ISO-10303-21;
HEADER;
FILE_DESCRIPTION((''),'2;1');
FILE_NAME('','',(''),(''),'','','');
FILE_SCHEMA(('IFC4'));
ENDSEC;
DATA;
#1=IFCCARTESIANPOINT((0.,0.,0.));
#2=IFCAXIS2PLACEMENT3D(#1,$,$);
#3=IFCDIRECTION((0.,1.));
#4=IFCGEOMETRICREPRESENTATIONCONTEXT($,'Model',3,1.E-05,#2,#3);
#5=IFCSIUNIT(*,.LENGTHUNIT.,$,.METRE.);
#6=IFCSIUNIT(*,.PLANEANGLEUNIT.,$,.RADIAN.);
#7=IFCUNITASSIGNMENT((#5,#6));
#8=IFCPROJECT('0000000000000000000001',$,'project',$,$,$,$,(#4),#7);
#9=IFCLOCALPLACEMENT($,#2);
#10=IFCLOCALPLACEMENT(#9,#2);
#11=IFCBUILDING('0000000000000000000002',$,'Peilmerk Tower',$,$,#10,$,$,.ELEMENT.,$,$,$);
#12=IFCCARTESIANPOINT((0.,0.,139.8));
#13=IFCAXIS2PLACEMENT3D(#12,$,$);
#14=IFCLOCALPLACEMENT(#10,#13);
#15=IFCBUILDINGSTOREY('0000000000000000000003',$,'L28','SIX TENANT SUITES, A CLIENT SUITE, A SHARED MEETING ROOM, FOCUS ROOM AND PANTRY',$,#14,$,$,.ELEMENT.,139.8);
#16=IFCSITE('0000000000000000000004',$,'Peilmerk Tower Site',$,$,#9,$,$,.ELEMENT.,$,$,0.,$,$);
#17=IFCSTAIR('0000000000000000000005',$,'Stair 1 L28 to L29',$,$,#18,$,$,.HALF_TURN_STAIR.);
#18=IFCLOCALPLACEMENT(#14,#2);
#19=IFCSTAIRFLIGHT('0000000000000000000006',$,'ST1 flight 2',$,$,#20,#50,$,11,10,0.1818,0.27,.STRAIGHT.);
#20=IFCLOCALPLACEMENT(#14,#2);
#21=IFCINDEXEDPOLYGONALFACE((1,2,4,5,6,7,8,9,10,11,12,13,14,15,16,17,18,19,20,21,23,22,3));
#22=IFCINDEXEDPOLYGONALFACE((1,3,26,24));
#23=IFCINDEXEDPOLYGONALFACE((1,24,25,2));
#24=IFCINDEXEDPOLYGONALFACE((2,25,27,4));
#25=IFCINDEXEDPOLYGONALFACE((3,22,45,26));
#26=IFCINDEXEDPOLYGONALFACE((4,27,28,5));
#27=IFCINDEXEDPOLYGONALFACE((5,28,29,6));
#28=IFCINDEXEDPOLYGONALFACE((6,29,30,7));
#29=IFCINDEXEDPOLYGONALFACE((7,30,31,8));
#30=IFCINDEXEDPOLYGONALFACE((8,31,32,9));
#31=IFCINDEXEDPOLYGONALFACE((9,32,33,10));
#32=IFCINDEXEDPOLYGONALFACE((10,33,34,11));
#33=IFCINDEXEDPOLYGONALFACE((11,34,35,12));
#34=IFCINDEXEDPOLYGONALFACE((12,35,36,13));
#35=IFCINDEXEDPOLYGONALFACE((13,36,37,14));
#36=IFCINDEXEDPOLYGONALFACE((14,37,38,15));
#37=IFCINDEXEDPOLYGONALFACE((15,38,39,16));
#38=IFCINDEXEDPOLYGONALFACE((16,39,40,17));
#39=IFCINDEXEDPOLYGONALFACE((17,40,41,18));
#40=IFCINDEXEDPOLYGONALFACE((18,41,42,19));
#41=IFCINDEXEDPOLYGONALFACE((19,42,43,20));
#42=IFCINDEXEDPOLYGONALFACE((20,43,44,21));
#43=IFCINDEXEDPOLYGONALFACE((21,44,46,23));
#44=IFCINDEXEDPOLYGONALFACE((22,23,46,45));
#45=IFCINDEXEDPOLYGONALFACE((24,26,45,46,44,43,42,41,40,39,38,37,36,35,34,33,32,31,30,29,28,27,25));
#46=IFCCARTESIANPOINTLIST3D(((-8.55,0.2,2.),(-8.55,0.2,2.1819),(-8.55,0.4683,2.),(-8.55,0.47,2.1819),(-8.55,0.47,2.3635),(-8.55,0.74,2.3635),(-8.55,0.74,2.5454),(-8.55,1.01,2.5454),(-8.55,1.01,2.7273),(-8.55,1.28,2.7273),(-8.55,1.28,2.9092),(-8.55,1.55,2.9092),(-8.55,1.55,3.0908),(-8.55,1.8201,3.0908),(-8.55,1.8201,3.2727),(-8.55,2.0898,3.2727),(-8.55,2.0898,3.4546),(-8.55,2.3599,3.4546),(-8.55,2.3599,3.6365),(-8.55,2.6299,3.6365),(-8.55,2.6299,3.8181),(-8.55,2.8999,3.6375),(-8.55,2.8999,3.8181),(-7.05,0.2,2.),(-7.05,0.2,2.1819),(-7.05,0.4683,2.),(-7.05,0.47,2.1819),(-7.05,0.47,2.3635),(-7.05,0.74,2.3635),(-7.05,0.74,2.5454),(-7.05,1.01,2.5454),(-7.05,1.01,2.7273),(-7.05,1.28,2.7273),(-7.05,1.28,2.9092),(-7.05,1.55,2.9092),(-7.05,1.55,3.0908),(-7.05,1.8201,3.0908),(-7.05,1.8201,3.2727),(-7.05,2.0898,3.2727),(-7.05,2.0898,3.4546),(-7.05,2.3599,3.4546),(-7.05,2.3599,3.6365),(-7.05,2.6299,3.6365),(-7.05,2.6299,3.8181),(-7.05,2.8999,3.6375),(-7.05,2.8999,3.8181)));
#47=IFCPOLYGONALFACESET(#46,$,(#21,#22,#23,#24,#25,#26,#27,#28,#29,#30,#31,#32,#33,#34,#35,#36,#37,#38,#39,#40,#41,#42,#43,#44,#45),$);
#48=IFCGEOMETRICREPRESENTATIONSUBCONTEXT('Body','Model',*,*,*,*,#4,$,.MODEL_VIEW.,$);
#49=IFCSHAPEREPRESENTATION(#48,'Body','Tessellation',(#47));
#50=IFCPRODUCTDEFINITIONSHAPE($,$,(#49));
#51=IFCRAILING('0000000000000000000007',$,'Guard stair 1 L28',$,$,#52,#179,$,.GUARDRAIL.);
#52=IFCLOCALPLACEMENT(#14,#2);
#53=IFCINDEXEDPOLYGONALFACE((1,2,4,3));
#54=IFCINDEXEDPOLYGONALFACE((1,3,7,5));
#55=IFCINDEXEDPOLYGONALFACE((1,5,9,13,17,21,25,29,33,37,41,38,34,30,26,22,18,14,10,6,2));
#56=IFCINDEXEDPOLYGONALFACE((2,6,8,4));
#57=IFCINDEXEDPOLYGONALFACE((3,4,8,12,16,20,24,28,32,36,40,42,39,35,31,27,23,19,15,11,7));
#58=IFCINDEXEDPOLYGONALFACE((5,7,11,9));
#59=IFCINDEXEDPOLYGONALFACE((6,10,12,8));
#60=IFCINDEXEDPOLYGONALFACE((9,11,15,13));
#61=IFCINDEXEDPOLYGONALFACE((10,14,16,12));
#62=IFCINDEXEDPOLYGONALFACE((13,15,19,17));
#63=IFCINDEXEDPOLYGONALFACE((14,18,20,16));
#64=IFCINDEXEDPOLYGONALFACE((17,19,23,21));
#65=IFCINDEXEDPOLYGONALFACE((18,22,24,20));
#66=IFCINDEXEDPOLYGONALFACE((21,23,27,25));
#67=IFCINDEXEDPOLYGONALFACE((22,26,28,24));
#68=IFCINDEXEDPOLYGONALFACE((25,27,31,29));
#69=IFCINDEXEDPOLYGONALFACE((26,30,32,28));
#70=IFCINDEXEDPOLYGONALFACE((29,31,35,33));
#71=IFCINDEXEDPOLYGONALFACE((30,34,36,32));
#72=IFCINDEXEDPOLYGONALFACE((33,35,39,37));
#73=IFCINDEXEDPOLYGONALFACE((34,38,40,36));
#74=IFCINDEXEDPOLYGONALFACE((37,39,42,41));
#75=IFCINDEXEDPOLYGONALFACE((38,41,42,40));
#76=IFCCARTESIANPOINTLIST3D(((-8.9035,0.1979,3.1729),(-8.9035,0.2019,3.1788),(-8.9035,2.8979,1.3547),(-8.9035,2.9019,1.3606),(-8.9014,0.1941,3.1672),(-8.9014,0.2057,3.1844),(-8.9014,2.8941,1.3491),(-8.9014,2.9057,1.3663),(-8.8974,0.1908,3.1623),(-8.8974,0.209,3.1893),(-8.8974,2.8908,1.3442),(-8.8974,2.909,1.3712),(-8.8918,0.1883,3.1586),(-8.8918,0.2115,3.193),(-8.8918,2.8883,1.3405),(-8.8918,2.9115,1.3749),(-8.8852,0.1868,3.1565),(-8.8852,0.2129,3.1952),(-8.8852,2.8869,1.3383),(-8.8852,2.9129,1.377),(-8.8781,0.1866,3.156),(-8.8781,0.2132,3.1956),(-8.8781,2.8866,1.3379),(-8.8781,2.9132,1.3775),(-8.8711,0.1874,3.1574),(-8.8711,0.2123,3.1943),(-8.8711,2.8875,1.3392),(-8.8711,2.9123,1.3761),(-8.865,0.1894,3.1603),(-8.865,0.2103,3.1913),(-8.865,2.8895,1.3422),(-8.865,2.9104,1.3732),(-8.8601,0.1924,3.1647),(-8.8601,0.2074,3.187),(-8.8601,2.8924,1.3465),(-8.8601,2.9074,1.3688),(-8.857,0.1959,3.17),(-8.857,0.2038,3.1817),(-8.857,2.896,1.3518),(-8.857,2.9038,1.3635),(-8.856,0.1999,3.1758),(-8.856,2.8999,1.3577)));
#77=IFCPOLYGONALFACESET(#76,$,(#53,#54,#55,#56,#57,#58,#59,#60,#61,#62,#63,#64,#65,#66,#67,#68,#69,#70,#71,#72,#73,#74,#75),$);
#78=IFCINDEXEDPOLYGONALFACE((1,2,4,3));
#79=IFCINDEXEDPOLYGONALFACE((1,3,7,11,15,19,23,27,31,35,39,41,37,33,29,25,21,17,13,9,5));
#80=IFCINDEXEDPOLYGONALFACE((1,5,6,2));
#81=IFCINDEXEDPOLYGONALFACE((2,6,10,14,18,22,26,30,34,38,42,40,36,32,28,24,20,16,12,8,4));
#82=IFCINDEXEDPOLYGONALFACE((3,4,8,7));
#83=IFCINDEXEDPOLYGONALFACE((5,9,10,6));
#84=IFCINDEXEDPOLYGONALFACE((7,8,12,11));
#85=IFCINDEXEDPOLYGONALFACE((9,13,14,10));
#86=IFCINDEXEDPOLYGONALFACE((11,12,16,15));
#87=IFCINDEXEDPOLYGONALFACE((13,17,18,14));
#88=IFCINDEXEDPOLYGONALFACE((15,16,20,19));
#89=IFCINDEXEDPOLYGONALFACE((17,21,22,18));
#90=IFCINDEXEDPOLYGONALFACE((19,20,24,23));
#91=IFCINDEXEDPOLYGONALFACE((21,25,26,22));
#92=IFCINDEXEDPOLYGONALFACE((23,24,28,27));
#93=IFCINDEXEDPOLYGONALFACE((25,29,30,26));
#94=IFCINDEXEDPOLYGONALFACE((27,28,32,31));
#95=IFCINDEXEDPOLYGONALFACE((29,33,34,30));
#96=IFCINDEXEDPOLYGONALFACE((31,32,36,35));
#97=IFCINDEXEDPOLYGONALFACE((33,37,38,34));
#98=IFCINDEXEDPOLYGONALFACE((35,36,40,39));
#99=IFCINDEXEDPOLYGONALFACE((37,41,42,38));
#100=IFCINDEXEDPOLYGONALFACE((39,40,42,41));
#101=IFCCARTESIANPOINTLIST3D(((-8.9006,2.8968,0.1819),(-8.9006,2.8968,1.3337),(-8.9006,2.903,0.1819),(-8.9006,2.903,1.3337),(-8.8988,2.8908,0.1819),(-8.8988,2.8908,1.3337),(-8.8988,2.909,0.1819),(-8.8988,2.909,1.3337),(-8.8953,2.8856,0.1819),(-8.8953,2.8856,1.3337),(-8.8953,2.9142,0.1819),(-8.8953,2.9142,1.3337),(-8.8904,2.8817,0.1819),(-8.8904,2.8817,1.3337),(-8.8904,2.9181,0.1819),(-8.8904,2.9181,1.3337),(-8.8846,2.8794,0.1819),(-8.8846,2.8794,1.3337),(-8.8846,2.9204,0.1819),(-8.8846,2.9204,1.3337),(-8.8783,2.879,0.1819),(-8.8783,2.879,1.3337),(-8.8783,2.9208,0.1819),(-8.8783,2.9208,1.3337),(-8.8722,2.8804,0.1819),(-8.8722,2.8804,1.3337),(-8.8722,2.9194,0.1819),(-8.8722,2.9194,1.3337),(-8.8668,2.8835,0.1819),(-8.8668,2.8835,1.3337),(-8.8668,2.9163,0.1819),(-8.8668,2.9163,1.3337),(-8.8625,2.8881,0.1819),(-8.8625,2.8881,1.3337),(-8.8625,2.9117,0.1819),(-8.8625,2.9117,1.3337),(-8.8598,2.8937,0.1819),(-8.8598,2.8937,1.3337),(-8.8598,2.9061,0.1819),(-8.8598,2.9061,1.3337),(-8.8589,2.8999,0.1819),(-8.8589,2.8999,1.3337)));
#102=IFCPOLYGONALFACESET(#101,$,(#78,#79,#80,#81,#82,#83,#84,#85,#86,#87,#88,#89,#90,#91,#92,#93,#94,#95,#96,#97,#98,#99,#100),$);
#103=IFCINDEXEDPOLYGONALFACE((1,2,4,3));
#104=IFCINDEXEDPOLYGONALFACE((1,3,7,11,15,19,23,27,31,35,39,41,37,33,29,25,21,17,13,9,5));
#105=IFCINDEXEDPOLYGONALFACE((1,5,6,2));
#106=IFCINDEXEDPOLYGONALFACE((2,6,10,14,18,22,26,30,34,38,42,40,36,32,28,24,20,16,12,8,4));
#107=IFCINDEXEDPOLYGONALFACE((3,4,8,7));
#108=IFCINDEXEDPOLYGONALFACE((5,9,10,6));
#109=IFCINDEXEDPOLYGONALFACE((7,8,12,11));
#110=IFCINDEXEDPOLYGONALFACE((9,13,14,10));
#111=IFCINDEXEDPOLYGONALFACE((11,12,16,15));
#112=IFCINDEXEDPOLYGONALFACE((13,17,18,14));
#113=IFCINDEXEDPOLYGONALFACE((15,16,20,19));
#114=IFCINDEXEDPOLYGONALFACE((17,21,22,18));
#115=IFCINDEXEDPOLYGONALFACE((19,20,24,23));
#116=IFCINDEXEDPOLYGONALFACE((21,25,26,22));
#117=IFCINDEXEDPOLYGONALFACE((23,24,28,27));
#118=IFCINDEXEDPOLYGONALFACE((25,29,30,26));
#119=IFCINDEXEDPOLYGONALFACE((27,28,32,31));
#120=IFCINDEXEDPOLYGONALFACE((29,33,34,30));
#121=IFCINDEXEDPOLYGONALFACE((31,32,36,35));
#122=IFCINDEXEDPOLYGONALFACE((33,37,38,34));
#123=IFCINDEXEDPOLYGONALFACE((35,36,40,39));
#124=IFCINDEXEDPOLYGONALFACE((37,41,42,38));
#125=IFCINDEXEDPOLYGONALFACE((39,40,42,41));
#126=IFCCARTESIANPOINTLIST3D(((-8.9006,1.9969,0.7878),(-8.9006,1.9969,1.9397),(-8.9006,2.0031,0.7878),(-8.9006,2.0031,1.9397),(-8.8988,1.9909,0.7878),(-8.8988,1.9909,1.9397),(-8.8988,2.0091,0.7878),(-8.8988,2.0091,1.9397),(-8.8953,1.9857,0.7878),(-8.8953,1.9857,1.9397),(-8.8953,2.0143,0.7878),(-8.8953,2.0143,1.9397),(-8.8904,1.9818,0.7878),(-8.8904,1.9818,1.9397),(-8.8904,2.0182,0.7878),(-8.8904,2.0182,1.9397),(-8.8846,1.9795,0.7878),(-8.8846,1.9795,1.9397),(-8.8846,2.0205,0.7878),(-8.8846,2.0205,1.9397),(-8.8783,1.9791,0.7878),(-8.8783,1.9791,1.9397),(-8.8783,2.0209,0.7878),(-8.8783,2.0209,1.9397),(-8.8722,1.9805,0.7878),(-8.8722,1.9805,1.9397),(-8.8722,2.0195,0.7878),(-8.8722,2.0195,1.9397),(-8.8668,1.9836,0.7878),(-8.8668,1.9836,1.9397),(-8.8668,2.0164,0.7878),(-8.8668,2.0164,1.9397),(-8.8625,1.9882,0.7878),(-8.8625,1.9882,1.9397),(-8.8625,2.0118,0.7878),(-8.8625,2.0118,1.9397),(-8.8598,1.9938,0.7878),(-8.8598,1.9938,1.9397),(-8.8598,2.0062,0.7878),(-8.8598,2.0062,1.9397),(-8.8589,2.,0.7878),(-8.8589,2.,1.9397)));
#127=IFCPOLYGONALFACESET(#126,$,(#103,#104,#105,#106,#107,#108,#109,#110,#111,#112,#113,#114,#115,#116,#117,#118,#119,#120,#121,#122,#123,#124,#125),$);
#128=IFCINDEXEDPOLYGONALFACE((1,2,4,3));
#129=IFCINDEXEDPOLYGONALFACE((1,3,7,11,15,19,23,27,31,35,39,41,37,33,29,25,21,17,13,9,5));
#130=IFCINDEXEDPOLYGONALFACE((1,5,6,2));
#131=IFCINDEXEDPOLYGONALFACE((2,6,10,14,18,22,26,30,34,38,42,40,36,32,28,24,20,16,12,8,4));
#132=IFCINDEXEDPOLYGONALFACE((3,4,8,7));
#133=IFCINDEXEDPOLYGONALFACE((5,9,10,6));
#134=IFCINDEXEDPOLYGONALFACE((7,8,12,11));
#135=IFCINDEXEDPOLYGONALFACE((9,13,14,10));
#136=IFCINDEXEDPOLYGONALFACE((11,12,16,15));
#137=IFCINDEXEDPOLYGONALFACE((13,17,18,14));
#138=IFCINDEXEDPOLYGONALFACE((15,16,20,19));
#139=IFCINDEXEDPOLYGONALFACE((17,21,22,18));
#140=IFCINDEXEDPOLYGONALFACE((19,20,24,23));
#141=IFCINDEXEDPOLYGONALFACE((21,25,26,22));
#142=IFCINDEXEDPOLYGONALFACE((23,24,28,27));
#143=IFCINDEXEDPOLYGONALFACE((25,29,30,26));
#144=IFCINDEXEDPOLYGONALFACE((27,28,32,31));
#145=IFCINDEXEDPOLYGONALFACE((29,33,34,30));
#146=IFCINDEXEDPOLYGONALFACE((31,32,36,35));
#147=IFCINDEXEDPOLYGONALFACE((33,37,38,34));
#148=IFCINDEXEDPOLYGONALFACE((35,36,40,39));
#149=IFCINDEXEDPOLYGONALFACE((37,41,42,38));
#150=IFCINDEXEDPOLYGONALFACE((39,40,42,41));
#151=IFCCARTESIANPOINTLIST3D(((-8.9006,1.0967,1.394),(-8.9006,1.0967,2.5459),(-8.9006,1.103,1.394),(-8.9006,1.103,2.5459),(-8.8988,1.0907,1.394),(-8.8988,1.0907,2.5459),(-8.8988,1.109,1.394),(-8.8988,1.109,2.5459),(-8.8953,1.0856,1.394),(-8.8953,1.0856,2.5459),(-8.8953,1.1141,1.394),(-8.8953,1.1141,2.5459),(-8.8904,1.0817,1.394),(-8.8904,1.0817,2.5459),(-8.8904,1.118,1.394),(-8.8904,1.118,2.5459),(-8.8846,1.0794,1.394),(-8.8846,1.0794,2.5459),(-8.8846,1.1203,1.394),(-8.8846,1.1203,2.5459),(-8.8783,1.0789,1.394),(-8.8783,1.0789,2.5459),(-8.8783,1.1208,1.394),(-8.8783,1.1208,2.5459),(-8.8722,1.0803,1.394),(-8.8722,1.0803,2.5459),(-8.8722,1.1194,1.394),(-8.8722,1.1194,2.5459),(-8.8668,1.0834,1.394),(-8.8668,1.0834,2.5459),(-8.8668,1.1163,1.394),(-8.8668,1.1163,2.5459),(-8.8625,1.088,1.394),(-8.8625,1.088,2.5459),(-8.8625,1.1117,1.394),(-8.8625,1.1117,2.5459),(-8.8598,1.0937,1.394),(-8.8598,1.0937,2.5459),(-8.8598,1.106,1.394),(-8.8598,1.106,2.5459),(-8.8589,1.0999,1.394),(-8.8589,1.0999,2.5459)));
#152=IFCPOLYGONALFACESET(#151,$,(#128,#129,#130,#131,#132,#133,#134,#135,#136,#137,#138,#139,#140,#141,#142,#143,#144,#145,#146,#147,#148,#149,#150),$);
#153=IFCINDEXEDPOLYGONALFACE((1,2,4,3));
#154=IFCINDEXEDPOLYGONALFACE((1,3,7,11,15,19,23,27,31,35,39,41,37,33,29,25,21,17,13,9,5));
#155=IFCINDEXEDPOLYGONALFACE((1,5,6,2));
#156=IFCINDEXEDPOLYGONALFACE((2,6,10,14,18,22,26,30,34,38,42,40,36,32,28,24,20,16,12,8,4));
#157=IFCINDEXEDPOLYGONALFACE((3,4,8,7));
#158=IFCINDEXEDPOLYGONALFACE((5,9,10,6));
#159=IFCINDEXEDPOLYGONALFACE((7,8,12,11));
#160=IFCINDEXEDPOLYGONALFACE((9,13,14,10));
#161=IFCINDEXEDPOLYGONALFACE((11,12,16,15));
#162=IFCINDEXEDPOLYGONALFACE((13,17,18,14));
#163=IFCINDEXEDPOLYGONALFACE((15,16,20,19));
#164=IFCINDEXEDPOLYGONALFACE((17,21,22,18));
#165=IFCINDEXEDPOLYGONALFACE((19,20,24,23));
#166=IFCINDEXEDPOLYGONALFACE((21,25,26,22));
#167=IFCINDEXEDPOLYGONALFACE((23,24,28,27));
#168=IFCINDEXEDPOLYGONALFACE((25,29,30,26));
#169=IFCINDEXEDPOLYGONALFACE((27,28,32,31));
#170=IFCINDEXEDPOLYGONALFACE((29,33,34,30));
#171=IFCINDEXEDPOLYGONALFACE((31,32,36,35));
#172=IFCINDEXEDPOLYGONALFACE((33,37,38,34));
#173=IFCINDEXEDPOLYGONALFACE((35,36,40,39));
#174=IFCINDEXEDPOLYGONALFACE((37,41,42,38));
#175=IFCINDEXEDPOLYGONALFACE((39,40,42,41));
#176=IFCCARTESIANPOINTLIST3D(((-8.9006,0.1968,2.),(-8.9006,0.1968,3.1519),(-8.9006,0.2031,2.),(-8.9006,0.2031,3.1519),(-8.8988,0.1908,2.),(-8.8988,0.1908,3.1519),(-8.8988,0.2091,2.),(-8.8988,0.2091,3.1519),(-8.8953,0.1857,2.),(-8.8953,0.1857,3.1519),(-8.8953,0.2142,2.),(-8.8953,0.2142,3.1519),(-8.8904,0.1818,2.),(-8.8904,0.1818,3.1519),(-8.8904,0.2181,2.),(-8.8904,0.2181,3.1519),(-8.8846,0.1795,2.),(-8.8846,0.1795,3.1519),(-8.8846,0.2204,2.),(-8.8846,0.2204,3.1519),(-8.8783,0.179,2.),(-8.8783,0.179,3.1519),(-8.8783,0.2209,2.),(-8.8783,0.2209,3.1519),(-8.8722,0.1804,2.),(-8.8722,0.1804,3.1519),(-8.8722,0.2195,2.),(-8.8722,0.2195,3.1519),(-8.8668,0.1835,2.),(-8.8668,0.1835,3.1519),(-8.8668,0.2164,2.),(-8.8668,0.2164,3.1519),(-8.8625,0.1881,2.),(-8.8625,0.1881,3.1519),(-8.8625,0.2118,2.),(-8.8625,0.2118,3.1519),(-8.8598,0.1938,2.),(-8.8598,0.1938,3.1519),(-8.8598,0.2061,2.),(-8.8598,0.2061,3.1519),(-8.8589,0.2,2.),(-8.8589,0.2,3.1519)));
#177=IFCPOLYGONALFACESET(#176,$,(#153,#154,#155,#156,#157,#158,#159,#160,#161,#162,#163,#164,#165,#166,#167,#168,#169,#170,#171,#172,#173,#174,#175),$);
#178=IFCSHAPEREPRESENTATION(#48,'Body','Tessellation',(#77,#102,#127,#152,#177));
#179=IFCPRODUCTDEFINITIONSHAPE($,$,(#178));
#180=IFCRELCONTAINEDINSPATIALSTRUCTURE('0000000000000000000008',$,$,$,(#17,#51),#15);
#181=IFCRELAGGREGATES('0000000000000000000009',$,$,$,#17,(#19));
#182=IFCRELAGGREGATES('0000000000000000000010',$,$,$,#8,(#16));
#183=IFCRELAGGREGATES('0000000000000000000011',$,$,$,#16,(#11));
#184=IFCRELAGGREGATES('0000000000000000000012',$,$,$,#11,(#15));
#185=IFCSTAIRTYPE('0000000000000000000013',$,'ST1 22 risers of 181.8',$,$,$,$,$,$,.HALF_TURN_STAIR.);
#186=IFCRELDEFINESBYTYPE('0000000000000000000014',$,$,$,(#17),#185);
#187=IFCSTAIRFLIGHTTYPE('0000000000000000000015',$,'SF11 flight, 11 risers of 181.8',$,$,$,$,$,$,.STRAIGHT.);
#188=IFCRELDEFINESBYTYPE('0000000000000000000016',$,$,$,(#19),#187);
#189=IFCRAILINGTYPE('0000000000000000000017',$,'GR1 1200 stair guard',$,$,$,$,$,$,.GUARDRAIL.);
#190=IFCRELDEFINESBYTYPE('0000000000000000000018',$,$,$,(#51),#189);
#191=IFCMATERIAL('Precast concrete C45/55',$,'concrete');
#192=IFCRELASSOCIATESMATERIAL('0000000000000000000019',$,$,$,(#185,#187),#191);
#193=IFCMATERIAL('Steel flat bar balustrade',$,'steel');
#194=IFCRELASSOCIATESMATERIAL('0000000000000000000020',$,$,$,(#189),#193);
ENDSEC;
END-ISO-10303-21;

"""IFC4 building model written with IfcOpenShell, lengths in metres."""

from ifc_helpers import new_model, si_unit, direction, frame, origin, origin_2d, place, context, subcontext, project, spatial, polyline, circle, outline, extrude, material, type_object, element, aggregate, save


model = new_model("IFC4")

# Units and contexts
model_context = context("Model", 3, precision=1e-05, world=origin(), true_north=direction((0.0, 1.0)))
body_context = subcontext(model_context, "Body", "Model", "MODEL_VIEW")
ifc_project = project(units=[si_unit("LENGTHUNIT", "METRE"), si_unit("PLANEANGLEUNIT", "RADIAN")], contexts=[model_context])

# Site, building, storey
site_placement = place(None, origin())
site = spatial("IfcSite", under=ifc_project, at=site_placement, Name="Peilmerk Tower Site", CompositionType="ELEMENT", RefElevation=0.0)
building_placement = place(site_placement, origin())
building = spatial("IfcBuilding", under=site, at=building_placement, Name="Peilmerk Tower", CompositionType="ELEMENT")
storey_placement = place(building_placement, frame((0.0, 0.0, 139.8)))
storey = spatial("IfcBuildingStorey", under=building, at=storey_placement, Name="L28", Description="SIX TENANT SUITES, A CLIENT SUITE, A SHARED MEETING ROOM, FOCUS ROOM AND PANTRY", CompositionType="ELEMENT", Elevation=139.8)

# Stair, stair flight
ifc_material_1 = material(Name="Precast concrete C45/55", Category="concrete")
stair_type = type_object("IfcStairType", Name="ST1 22 risers of 181.8", PredefinedType="HALF_TURN_STAIR", material=ifc_material_1)
stair_placement = place(storey_placement, origin())
stair = element("IfcStair", 1, at=stair_placement, inside=storey, type_object=stair_type, Name="Stair 1 L28 to L29", PredefinedType="HALF_TURN_STAIR")
stair_flight_type = type_object("IfcStairFlightType", Name="SF11 flight, 11 risers of 181.8", PredefinedType="STRAIGHT", material=ifc_material_1)
stair_flight_1_placement = place(storey_placement, frame((-7.8, 0.2, 2.0), z_axis=(0.0, 0.0, 1.0), x_axis=(0.0, 1.0, 0.0)))
stair_flight_1 = element("IfcStairFlight", 2, at=stair_flight_1_placement, type_object=stair_flight_type, Name="ST1 flight 2", NumberOfRisers=11, NumberOfTreads=10, PredefinedType="STRAIGHT", RiserHeight=0.1818, TreadLength=0.27, context=body_context, shape_type="SweptSolid", body=[
    extrude(outline(polyline([(0.0, 0.0), (0.0, 0.1819), (0.27, 0.1819), (0.27, 0.3635), (0.54, 0.3635), (0.54, 0.5454), (0.8101, 0.5454), (0.8101, 0.7273), (1.0801, 0.7273), (1.0801, 0.9092), (1.3501, 0.9092), (1.3501, 1.0908), (1.6201, 1.0908), (1.6201, 1.2727), (1.8899, 1.2727), (1.8899, 1.4546), (2.1599, 1.4546), (2.1599, 1.6365), (2.4299, 1.6365), (2.4299, 1.8181), (2.7, 1.8181), (2.7, 2.0), (2.7, 1.6375), (0.2683, 0.0), (0.0, 0.0)])), frame((0.0, 0.75, 0.0), z_axis=(0.0, -1.0, 0.0), x_axis=(1.0, 0.0, 0.0)), (0.0, 0.0, 1.0), 1.5),
])
aggregate(stair, [stair_flight_1])

# Railing
ifc_material_2 = material(Name="Steel flat bar balustrade", Category="steel")
railing_type_1 = type_object("IfcRailingType", Name="GR1 1200 stair guard", PredefinedType="GUARDRAIL", material=ifc_material_2)
railing_1_placement = place(storey_placement, frame((-8.8799, 2.8999, 0.1819)))
element("IfcRailing", 3, at=railing_1_placement, inside=storey, type_object=railing_type_1, Name="Guard stair 1 L28", PredefinedType="GUARDRAIL", context=body_context, shape_type="SweptSolid", body=[
    extrude(circle(Radius=0.0239, at=origin_2d()), frame((0.0, 0.0, 1.1758), z_axis=(0.0, -0.829468, 0.558554), x_axis=(1.0, 0.0, 0.0)), (0.0, 0.0, 1.0), 3.2551),
    extrude(circle(Radius=0.021, at=origin_2d()), origin(), (0.0, 0.0, 1.0), 1.1519),
    extrude(circle(Radius=0.021, at=origin_2d()), frame((0.0, -0.8999, 0.606)), (0.0, 0.0, 1.0), 1.1519),
    extrude(circle(Radius=0.021, at=origin_2d()), frame((0.0, -1.8, 1.2122)), (0.0, 0.0, 1.0), 1.1519),
    extrude(circle(Radius=0.021, at=origin_2d()), frame((0.0, -2.7, 1.8181)), (0.0, 0.0, 1.0), 1.1519),
])

save(model, "model.ifc")
